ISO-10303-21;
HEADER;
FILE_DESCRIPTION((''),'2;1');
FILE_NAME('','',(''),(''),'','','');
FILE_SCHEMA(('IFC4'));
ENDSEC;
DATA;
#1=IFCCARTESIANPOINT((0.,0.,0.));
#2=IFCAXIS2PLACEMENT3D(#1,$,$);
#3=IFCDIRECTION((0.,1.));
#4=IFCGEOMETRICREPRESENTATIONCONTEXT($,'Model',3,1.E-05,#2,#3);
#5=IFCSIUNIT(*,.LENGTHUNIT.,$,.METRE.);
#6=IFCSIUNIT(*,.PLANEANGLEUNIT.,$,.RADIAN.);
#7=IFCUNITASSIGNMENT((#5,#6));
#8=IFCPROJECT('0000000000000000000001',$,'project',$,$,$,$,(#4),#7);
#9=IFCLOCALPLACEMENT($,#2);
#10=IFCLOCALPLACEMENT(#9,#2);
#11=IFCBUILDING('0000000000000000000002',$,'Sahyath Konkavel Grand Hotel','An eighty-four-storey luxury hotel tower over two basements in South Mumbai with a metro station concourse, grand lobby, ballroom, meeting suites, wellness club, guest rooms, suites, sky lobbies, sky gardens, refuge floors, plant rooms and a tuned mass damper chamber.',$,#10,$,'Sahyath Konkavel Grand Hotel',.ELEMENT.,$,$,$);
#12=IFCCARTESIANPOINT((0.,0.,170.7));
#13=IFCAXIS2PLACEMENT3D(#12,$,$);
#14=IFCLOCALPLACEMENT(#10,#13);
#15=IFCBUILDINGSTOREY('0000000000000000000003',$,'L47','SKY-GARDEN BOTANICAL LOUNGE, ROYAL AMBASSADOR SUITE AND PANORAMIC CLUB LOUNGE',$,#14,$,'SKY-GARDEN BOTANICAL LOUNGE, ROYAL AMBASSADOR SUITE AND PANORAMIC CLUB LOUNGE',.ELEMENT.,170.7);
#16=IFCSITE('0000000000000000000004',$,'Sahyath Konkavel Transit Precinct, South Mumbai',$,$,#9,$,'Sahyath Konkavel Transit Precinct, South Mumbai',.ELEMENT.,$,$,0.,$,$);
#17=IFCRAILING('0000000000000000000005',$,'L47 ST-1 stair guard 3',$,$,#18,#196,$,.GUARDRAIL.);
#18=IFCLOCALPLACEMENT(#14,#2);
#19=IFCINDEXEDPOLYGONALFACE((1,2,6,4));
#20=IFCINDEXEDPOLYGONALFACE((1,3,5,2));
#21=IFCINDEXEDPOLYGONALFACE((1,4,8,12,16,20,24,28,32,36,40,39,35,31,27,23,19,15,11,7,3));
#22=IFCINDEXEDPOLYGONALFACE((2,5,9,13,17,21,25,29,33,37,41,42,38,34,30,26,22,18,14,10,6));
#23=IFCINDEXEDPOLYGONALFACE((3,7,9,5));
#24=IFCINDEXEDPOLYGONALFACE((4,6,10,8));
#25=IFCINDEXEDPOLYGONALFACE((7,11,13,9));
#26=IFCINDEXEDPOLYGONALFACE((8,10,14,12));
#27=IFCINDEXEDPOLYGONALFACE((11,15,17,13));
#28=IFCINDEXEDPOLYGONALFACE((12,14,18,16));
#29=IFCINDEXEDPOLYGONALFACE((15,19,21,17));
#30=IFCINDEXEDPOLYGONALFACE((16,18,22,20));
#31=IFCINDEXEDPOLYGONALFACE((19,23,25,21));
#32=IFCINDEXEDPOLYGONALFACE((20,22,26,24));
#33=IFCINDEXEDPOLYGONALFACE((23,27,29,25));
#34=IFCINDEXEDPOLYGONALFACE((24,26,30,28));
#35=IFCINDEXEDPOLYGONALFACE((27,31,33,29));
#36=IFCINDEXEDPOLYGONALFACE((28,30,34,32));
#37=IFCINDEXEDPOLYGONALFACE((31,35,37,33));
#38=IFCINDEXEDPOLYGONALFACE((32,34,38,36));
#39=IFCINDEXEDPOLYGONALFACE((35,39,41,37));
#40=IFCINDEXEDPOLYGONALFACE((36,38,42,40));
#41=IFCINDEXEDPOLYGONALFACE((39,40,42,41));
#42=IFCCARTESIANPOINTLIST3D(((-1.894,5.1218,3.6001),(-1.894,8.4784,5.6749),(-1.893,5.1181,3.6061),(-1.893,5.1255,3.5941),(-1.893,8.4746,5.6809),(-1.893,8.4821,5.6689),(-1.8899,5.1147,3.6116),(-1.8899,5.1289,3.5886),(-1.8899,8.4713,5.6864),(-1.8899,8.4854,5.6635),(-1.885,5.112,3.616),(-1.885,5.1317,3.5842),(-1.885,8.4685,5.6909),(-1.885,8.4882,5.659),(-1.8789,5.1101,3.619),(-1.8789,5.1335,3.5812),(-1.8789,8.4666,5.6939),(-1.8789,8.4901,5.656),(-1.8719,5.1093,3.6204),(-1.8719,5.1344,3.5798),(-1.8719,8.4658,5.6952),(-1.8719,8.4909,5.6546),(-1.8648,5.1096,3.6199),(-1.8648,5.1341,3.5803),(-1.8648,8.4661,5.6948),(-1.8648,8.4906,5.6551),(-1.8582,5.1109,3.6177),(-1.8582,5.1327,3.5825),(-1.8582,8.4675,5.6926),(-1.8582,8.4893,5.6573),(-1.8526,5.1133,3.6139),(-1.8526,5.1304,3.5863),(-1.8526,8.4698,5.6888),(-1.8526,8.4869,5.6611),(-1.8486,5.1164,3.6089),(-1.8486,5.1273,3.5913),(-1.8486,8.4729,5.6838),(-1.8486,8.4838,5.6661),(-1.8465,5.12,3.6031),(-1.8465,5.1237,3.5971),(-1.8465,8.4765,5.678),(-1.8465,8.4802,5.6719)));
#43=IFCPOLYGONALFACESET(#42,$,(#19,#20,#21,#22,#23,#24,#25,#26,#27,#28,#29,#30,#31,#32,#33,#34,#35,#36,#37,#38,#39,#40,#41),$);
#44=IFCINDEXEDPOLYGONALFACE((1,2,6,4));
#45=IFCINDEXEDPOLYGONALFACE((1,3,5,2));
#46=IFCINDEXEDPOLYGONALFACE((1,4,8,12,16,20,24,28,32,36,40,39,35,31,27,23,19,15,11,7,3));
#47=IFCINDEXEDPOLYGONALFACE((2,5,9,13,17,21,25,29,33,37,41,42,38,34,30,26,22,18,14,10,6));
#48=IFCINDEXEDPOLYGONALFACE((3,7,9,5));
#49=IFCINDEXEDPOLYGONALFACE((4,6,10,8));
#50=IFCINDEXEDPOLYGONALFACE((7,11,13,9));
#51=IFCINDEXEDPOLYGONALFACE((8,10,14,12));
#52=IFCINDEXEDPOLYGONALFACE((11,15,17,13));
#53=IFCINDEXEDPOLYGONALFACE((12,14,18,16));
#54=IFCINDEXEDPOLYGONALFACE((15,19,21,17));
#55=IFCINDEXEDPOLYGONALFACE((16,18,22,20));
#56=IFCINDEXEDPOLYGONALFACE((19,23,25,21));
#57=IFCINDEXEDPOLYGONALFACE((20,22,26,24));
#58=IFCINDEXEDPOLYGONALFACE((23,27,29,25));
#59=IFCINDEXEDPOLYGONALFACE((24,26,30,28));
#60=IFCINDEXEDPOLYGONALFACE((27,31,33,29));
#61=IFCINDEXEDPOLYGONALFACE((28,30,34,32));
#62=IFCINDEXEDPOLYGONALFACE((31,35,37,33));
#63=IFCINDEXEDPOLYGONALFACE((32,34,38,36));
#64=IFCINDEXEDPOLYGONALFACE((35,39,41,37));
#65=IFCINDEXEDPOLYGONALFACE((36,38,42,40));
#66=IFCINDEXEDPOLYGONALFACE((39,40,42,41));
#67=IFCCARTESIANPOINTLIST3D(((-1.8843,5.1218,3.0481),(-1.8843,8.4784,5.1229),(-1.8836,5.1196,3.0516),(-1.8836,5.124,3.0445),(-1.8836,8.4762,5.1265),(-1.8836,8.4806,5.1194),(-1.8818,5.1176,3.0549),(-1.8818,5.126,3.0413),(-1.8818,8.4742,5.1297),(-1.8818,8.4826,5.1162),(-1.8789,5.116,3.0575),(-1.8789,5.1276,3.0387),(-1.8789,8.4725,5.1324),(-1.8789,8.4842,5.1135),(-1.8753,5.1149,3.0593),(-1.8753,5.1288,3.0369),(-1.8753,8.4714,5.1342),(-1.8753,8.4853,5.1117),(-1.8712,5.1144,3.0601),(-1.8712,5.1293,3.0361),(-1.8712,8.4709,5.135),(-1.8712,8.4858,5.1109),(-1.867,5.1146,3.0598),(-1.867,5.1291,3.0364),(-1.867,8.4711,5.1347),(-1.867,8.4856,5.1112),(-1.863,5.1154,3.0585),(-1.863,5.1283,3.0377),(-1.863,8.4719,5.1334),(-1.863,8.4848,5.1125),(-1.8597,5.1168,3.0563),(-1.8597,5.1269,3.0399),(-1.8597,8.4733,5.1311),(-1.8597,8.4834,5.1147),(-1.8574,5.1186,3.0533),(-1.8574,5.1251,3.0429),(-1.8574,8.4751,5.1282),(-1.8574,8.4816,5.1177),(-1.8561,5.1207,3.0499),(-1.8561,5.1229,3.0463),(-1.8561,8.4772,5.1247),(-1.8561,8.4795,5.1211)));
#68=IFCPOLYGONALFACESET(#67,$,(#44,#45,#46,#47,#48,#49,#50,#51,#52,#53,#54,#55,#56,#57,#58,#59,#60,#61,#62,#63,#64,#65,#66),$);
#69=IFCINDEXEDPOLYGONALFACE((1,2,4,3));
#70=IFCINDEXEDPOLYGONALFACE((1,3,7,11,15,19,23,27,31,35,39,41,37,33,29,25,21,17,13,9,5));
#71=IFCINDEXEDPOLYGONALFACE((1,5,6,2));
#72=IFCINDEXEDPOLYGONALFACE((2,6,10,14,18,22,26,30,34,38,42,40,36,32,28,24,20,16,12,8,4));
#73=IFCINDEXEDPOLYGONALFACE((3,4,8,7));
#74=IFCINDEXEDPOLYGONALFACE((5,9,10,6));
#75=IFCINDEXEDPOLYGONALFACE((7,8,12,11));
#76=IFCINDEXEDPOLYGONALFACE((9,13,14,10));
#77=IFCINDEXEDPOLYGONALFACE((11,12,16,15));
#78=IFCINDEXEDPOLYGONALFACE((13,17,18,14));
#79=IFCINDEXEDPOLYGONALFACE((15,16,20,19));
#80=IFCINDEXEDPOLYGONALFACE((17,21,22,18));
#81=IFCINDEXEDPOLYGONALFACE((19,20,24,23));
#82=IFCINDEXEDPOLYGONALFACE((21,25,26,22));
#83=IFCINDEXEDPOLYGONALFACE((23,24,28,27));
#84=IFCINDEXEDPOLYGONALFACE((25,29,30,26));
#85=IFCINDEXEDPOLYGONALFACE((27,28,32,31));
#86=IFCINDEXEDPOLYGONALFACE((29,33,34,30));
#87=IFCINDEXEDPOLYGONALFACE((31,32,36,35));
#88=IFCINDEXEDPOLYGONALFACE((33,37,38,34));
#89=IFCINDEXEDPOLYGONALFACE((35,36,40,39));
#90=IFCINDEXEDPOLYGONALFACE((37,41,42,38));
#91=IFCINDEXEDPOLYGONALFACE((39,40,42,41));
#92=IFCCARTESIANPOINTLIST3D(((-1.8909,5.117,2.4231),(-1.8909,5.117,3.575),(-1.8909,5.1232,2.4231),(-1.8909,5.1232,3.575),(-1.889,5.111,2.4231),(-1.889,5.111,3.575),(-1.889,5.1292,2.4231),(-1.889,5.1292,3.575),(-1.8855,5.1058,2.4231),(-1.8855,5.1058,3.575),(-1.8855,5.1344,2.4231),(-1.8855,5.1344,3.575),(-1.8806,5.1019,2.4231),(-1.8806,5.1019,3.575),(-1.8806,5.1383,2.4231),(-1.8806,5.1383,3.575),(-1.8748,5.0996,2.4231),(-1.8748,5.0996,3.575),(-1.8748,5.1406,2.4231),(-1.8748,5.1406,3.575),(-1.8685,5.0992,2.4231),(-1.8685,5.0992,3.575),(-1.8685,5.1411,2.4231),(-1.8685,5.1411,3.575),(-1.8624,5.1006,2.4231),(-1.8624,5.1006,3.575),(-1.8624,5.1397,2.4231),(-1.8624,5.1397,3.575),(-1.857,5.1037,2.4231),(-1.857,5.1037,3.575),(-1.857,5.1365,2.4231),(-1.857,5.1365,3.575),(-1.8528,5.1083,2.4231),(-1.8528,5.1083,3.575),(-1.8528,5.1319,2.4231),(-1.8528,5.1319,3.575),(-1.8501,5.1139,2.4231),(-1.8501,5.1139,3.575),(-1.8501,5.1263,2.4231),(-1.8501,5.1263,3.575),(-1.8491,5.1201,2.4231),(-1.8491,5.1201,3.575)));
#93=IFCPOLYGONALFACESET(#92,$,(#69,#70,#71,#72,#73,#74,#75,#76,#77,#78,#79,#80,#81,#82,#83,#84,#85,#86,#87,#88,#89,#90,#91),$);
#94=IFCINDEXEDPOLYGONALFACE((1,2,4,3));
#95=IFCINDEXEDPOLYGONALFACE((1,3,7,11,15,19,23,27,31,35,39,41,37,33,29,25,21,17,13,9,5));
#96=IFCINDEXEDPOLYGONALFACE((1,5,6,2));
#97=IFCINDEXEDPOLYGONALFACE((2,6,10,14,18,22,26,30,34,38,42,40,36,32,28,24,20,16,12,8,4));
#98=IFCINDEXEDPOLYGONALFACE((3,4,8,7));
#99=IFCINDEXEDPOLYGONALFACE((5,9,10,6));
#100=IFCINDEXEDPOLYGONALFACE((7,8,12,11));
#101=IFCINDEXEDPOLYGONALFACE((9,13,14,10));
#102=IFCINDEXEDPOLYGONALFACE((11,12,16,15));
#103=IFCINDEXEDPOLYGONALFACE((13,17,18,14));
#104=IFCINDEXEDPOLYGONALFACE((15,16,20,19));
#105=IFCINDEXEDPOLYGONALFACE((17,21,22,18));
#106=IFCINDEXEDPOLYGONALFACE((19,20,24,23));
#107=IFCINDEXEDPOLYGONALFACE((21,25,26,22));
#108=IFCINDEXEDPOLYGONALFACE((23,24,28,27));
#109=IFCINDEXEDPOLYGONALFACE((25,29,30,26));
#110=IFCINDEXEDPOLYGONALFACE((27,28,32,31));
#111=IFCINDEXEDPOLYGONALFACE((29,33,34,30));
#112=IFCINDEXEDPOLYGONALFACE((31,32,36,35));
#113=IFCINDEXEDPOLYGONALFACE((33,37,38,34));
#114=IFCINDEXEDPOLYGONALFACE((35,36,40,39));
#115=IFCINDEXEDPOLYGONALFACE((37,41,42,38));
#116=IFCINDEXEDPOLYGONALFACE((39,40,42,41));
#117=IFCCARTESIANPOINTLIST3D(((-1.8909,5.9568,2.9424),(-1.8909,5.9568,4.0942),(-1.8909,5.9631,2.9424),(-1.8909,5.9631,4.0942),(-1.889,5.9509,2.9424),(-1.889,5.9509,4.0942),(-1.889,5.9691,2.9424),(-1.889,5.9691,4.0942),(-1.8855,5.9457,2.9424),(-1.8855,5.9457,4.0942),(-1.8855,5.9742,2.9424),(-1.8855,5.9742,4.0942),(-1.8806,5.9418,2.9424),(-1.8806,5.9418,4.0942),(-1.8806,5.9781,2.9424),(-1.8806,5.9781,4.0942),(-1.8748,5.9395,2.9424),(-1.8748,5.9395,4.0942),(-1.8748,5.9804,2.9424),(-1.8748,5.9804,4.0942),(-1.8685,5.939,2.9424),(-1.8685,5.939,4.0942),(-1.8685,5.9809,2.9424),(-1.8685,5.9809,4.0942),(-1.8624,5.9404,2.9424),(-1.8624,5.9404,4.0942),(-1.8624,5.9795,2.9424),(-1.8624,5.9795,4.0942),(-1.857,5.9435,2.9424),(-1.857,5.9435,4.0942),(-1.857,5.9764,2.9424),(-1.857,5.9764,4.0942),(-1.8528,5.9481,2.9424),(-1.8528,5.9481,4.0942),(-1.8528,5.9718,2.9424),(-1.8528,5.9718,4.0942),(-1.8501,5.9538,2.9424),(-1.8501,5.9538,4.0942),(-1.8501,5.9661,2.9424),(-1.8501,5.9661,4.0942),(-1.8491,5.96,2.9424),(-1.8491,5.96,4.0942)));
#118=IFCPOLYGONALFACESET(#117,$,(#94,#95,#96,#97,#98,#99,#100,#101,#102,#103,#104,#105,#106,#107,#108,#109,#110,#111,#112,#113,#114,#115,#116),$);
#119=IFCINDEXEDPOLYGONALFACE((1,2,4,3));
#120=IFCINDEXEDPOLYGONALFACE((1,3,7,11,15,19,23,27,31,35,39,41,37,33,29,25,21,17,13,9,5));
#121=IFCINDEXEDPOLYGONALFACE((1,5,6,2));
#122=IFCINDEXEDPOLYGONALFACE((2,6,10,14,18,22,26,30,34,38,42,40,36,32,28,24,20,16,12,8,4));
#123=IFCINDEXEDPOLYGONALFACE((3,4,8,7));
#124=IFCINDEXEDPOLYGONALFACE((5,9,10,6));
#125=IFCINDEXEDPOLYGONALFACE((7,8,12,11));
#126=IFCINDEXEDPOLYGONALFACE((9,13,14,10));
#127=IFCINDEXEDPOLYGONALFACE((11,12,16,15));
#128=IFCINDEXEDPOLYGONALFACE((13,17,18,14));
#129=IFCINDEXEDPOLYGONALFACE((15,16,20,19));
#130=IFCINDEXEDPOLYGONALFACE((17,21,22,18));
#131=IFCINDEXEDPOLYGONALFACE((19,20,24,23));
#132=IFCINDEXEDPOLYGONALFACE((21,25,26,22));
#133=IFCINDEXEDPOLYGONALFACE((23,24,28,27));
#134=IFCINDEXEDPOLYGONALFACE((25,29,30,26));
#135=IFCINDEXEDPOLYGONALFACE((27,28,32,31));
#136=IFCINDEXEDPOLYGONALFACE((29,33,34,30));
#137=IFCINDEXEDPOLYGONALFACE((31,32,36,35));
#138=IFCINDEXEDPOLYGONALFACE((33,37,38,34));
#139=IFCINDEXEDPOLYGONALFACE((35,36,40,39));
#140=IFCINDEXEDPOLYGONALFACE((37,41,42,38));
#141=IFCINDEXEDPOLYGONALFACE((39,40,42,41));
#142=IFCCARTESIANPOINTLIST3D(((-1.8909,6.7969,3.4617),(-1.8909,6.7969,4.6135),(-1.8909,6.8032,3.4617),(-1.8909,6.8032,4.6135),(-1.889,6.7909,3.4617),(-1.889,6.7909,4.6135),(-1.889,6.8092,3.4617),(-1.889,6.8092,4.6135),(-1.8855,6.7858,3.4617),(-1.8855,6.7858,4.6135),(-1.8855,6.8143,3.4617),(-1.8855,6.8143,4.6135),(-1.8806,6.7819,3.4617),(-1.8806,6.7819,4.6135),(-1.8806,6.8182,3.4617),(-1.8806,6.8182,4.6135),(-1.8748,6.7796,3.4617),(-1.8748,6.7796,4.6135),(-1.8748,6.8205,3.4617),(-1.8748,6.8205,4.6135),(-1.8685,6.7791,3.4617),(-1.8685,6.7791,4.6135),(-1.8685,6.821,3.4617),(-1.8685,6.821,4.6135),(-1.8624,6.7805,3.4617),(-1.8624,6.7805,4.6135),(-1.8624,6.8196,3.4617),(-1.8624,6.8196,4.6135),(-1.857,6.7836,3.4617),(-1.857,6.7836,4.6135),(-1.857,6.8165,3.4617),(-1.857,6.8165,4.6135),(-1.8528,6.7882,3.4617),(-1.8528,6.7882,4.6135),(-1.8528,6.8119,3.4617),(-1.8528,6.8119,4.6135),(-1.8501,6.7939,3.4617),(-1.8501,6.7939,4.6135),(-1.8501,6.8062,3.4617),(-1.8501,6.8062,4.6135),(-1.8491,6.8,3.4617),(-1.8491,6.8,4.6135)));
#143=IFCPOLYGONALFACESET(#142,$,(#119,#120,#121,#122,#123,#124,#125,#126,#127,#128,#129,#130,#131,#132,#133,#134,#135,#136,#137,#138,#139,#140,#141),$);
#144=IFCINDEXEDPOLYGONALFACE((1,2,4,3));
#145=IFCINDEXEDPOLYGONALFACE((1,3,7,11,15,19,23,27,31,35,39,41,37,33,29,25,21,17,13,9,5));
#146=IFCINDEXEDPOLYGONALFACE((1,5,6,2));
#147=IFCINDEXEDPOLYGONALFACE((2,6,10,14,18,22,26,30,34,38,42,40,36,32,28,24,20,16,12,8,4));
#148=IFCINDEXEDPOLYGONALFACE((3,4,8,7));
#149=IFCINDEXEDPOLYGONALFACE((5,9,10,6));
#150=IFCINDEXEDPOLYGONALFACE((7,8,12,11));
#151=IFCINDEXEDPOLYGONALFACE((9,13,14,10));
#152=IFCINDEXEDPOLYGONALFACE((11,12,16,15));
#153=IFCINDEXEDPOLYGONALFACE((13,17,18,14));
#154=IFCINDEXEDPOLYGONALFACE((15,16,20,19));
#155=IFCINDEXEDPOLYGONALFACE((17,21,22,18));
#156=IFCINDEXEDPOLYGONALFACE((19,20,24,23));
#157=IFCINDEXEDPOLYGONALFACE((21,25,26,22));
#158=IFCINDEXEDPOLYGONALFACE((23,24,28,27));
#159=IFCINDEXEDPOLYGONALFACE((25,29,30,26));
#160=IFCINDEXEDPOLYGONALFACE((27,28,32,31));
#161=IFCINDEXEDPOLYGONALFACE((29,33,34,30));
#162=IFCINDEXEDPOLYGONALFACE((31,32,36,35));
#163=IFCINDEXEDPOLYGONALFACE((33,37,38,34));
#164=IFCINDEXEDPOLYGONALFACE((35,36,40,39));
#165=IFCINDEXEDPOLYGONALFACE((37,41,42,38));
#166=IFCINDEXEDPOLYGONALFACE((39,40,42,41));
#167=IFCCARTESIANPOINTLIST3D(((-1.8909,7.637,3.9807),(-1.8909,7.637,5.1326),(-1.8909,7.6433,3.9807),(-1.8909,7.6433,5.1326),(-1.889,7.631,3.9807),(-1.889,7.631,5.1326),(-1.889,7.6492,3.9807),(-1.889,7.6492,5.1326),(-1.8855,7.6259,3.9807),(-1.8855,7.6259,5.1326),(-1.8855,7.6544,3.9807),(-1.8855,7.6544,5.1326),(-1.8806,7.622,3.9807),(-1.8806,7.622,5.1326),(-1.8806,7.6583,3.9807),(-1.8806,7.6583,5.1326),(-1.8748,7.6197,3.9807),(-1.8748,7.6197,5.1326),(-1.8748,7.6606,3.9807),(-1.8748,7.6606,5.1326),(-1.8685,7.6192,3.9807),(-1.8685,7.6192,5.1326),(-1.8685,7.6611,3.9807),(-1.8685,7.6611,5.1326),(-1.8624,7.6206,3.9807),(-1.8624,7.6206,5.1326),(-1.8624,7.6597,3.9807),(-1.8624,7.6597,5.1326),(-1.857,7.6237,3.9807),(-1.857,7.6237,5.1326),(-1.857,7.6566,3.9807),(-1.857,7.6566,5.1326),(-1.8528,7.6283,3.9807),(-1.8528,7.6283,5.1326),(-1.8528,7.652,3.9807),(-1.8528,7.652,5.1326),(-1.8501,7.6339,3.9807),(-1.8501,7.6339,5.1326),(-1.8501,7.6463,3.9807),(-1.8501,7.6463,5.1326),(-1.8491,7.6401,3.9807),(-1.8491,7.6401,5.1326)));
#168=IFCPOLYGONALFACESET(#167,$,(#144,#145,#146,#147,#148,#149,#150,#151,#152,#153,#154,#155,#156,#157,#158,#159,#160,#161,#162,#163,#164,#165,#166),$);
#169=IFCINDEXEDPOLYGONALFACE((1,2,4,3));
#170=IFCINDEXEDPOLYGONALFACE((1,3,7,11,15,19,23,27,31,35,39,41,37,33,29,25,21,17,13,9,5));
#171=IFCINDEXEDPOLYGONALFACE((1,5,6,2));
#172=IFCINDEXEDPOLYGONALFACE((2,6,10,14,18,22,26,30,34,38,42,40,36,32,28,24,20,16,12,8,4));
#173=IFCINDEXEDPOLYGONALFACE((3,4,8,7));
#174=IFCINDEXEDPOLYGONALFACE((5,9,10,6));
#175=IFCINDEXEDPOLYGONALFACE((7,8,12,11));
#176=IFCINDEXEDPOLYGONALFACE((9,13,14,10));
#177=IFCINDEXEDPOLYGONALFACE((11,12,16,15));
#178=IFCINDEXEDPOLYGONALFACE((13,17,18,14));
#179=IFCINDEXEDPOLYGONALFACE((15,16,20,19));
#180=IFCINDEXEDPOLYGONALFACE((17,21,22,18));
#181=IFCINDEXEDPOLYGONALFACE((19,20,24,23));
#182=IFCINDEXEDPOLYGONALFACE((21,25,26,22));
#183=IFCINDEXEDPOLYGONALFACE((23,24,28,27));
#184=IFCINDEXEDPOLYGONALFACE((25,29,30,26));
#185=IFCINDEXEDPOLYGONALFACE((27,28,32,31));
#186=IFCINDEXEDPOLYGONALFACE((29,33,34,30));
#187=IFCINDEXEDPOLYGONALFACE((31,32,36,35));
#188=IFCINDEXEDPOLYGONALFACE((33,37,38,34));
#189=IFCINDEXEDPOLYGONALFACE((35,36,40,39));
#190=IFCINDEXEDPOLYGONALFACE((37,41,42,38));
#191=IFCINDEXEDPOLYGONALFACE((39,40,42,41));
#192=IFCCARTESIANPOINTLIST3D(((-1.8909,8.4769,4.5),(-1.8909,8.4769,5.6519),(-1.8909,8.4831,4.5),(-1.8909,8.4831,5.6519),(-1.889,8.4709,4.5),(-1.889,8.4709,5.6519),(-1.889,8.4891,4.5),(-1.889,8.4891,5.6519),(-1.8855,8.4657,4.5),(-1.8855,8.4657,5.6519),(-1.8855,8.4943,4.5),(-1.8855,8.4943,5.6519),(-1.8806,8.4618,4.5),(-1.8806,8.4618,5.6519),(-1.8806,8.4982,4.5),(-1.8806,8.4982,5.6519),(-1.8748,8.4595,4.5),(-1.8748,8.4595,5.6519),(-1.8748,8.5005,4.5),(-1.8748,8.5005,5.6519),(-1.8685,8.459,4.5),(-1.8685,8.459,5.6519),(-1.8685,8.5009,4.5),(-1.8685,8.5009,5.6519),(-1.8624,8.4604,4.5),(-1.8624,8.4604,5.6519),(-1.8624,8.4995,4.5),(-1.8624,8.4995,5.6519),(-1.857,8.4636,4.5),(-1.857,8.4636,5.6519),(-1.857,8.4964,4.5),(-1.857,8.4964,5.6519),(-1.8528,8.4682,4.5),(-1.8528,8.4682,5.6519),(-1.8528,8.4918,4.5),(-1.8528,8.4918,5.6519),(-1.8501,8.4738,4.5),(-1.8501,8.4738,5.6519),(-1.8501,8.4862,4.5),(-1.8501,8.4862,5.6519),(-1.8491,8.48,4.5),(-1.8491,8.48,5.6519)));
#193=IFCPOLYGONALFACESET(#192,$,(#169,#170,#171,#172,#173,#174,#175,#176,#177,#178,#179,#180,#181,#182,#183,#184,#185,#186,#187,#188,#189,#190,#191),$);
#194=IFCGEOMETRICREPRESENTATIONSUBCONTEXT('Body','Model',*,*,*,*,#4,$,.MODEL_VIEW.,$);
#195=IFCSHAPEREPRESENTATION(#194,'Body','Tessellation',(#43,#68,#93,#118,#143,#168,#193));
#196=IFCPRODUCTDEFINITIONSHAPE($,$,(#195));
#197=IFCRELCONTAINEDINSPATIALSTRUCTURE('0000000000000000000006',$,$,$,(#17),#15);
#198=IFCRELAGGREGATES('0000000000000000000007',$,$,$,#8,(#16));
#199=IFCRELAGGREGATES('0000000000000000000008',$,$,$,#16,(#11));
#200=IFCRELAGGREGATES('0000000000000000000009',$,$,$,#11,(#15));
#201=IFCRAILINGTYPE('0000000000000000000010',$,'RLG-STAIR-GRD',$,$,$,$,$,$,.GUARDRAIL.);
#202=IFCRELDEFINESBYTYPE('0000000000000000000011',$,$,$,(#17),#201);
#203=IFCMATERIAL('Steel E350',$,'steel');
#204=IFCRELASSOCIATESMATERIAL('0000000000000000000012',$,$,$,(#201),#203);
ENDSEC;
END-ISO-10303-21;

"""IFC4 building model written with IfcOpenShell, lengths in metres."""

from ifc_helpers import new_model, si_unit, direction, frame, origin, origin_2d, place, context, subcontext, project, spatial, circle, extrude, material, type_object, element, save


model = new_model("IFC4")

# Units and contexts
model_context = context("Model", 3, precision=1e-05, world=origin(), true_north=direction((0.0, 1.0)))
body_context = subcontext(model_context, "Body", "Model", "MODEL_VIEW")
ifc_project = project(units=[si_unit("LENGTHUNIT", "METRE"), si_unit("PLANEANGLEUNIT", "RADIAN")], contexts=[model_context])

# Site, building, storey
site_placement = place(None, origin())
site = spatial("IfcSite", under=ifc_project, at=site_placement, Name="Sahyath Konkavel Transit Precinct, South Mumbai", LongName="Sahyath Konkavel Transit Precinct, South Mumbai", CompositionType="ELEMENT", RefElevation=0.0)
building_placement = place(site_placement, origin())
building = spatial("IfcBuilding", under=site, at=building_placement, Name="Sahyath Konkavel Grand Hotel", Description="An eighty-four-storey luxury hotel tower over two basements in South Mumbai with a metro station concourse, grand lobby, ballroom, meeting suites, wellness club, guest rooms, suites, sky lobbies, sky gardens, refuge floors, plant rooms and a tuned mass damper chamber.", LongName="Sahyath Konkavel Grand Hotel", CompositionType="ELEMENT")
storey_placement = place(building_placement, frame((0.0, 0.0, 170.7)))
storey = spatial("IfcBuildingStorey", under=building, at=storey_placement, Name="L47", Description="SKY-GARDEN BOTANICAL LOUNGE, ROYAL AMBASSADOR SUITE AND PANORAMIC CLUB LOUNGE", LongName="SKY-GARDEN BOTANICAL LOUNGE, ROYAL AMBASSADOR SUITE AND PANORAMIC CLUB LOUNGE", CompositionType="ELEMENT", Elevation=170.7)

# Shared definitions
ifc_material_1 = material(Name="Steel E350", Category="steel")

# Railing
railing_type_1 = type_object("IfcRailingType", Name="RLG-STAIR-GRD", PredefinedType="GUARDRAIL", material=ifc_material_1)
railing_1_placement = place(storey_placement, frame((-1.8701, 5.1201, 2.4231)))
element("IfcRailing", 1, at=railing_1_placement, inside=storey, type_object=railing_type_1, Name="L47 ST-1 stair guard 3", PredefinedType="GUARDRAIL", context=body_context, shape_type="SweptSolid", body=[
    extrude(circle(Radius=0.0239, at=origin_2d()), frame((0.0, 0.0017, 1.177), z_axis=(0.0, 0.850606, 0.525803), x_axis=(-1.0, 0.0, 0.0)), (0.0, 0.0, 1.0), 3.946),
    extrude(circle(Radius=0.0142, at=origin_2d()), frame((0.0, 0.0017, 0.625), z_axis=(0.0, 0.850606, 0.525803), x_axis=(-1.0, 0.0, 0.0)), (0.0, 0.0, 1.0), 3.946),
    extrude(circle(Radius=0.021, at=origin_2d()), origin(), (0.0, 0.0, 1.0), 1.1519),
    extrude(circle(Radius=0.021, at=origin_2d()), frame((0.0, 0.8398, 0.5193)), (0.0, 0.0, 1.0), 1.1519),
    extrude(circle(Radius=0.021, at=origin_2d()), frame((0.0, 1.6799, 1.0386)), (0.0, 0.0, 1.0), 1.1519),
    extrude(circle(Radius=0.021, at=origin_2d()), frame((0.0, 2.52, 1.5576)), (0.0, 0.0, 1.0), 1.1519),
    extrude(circle(Radius=0.021, at=origin_2d()), frame((0.0, 3.3599, 2.0769)), (0.0, 0.0, 1.0), 1.1519),
])

save(model, "model.ifc")
